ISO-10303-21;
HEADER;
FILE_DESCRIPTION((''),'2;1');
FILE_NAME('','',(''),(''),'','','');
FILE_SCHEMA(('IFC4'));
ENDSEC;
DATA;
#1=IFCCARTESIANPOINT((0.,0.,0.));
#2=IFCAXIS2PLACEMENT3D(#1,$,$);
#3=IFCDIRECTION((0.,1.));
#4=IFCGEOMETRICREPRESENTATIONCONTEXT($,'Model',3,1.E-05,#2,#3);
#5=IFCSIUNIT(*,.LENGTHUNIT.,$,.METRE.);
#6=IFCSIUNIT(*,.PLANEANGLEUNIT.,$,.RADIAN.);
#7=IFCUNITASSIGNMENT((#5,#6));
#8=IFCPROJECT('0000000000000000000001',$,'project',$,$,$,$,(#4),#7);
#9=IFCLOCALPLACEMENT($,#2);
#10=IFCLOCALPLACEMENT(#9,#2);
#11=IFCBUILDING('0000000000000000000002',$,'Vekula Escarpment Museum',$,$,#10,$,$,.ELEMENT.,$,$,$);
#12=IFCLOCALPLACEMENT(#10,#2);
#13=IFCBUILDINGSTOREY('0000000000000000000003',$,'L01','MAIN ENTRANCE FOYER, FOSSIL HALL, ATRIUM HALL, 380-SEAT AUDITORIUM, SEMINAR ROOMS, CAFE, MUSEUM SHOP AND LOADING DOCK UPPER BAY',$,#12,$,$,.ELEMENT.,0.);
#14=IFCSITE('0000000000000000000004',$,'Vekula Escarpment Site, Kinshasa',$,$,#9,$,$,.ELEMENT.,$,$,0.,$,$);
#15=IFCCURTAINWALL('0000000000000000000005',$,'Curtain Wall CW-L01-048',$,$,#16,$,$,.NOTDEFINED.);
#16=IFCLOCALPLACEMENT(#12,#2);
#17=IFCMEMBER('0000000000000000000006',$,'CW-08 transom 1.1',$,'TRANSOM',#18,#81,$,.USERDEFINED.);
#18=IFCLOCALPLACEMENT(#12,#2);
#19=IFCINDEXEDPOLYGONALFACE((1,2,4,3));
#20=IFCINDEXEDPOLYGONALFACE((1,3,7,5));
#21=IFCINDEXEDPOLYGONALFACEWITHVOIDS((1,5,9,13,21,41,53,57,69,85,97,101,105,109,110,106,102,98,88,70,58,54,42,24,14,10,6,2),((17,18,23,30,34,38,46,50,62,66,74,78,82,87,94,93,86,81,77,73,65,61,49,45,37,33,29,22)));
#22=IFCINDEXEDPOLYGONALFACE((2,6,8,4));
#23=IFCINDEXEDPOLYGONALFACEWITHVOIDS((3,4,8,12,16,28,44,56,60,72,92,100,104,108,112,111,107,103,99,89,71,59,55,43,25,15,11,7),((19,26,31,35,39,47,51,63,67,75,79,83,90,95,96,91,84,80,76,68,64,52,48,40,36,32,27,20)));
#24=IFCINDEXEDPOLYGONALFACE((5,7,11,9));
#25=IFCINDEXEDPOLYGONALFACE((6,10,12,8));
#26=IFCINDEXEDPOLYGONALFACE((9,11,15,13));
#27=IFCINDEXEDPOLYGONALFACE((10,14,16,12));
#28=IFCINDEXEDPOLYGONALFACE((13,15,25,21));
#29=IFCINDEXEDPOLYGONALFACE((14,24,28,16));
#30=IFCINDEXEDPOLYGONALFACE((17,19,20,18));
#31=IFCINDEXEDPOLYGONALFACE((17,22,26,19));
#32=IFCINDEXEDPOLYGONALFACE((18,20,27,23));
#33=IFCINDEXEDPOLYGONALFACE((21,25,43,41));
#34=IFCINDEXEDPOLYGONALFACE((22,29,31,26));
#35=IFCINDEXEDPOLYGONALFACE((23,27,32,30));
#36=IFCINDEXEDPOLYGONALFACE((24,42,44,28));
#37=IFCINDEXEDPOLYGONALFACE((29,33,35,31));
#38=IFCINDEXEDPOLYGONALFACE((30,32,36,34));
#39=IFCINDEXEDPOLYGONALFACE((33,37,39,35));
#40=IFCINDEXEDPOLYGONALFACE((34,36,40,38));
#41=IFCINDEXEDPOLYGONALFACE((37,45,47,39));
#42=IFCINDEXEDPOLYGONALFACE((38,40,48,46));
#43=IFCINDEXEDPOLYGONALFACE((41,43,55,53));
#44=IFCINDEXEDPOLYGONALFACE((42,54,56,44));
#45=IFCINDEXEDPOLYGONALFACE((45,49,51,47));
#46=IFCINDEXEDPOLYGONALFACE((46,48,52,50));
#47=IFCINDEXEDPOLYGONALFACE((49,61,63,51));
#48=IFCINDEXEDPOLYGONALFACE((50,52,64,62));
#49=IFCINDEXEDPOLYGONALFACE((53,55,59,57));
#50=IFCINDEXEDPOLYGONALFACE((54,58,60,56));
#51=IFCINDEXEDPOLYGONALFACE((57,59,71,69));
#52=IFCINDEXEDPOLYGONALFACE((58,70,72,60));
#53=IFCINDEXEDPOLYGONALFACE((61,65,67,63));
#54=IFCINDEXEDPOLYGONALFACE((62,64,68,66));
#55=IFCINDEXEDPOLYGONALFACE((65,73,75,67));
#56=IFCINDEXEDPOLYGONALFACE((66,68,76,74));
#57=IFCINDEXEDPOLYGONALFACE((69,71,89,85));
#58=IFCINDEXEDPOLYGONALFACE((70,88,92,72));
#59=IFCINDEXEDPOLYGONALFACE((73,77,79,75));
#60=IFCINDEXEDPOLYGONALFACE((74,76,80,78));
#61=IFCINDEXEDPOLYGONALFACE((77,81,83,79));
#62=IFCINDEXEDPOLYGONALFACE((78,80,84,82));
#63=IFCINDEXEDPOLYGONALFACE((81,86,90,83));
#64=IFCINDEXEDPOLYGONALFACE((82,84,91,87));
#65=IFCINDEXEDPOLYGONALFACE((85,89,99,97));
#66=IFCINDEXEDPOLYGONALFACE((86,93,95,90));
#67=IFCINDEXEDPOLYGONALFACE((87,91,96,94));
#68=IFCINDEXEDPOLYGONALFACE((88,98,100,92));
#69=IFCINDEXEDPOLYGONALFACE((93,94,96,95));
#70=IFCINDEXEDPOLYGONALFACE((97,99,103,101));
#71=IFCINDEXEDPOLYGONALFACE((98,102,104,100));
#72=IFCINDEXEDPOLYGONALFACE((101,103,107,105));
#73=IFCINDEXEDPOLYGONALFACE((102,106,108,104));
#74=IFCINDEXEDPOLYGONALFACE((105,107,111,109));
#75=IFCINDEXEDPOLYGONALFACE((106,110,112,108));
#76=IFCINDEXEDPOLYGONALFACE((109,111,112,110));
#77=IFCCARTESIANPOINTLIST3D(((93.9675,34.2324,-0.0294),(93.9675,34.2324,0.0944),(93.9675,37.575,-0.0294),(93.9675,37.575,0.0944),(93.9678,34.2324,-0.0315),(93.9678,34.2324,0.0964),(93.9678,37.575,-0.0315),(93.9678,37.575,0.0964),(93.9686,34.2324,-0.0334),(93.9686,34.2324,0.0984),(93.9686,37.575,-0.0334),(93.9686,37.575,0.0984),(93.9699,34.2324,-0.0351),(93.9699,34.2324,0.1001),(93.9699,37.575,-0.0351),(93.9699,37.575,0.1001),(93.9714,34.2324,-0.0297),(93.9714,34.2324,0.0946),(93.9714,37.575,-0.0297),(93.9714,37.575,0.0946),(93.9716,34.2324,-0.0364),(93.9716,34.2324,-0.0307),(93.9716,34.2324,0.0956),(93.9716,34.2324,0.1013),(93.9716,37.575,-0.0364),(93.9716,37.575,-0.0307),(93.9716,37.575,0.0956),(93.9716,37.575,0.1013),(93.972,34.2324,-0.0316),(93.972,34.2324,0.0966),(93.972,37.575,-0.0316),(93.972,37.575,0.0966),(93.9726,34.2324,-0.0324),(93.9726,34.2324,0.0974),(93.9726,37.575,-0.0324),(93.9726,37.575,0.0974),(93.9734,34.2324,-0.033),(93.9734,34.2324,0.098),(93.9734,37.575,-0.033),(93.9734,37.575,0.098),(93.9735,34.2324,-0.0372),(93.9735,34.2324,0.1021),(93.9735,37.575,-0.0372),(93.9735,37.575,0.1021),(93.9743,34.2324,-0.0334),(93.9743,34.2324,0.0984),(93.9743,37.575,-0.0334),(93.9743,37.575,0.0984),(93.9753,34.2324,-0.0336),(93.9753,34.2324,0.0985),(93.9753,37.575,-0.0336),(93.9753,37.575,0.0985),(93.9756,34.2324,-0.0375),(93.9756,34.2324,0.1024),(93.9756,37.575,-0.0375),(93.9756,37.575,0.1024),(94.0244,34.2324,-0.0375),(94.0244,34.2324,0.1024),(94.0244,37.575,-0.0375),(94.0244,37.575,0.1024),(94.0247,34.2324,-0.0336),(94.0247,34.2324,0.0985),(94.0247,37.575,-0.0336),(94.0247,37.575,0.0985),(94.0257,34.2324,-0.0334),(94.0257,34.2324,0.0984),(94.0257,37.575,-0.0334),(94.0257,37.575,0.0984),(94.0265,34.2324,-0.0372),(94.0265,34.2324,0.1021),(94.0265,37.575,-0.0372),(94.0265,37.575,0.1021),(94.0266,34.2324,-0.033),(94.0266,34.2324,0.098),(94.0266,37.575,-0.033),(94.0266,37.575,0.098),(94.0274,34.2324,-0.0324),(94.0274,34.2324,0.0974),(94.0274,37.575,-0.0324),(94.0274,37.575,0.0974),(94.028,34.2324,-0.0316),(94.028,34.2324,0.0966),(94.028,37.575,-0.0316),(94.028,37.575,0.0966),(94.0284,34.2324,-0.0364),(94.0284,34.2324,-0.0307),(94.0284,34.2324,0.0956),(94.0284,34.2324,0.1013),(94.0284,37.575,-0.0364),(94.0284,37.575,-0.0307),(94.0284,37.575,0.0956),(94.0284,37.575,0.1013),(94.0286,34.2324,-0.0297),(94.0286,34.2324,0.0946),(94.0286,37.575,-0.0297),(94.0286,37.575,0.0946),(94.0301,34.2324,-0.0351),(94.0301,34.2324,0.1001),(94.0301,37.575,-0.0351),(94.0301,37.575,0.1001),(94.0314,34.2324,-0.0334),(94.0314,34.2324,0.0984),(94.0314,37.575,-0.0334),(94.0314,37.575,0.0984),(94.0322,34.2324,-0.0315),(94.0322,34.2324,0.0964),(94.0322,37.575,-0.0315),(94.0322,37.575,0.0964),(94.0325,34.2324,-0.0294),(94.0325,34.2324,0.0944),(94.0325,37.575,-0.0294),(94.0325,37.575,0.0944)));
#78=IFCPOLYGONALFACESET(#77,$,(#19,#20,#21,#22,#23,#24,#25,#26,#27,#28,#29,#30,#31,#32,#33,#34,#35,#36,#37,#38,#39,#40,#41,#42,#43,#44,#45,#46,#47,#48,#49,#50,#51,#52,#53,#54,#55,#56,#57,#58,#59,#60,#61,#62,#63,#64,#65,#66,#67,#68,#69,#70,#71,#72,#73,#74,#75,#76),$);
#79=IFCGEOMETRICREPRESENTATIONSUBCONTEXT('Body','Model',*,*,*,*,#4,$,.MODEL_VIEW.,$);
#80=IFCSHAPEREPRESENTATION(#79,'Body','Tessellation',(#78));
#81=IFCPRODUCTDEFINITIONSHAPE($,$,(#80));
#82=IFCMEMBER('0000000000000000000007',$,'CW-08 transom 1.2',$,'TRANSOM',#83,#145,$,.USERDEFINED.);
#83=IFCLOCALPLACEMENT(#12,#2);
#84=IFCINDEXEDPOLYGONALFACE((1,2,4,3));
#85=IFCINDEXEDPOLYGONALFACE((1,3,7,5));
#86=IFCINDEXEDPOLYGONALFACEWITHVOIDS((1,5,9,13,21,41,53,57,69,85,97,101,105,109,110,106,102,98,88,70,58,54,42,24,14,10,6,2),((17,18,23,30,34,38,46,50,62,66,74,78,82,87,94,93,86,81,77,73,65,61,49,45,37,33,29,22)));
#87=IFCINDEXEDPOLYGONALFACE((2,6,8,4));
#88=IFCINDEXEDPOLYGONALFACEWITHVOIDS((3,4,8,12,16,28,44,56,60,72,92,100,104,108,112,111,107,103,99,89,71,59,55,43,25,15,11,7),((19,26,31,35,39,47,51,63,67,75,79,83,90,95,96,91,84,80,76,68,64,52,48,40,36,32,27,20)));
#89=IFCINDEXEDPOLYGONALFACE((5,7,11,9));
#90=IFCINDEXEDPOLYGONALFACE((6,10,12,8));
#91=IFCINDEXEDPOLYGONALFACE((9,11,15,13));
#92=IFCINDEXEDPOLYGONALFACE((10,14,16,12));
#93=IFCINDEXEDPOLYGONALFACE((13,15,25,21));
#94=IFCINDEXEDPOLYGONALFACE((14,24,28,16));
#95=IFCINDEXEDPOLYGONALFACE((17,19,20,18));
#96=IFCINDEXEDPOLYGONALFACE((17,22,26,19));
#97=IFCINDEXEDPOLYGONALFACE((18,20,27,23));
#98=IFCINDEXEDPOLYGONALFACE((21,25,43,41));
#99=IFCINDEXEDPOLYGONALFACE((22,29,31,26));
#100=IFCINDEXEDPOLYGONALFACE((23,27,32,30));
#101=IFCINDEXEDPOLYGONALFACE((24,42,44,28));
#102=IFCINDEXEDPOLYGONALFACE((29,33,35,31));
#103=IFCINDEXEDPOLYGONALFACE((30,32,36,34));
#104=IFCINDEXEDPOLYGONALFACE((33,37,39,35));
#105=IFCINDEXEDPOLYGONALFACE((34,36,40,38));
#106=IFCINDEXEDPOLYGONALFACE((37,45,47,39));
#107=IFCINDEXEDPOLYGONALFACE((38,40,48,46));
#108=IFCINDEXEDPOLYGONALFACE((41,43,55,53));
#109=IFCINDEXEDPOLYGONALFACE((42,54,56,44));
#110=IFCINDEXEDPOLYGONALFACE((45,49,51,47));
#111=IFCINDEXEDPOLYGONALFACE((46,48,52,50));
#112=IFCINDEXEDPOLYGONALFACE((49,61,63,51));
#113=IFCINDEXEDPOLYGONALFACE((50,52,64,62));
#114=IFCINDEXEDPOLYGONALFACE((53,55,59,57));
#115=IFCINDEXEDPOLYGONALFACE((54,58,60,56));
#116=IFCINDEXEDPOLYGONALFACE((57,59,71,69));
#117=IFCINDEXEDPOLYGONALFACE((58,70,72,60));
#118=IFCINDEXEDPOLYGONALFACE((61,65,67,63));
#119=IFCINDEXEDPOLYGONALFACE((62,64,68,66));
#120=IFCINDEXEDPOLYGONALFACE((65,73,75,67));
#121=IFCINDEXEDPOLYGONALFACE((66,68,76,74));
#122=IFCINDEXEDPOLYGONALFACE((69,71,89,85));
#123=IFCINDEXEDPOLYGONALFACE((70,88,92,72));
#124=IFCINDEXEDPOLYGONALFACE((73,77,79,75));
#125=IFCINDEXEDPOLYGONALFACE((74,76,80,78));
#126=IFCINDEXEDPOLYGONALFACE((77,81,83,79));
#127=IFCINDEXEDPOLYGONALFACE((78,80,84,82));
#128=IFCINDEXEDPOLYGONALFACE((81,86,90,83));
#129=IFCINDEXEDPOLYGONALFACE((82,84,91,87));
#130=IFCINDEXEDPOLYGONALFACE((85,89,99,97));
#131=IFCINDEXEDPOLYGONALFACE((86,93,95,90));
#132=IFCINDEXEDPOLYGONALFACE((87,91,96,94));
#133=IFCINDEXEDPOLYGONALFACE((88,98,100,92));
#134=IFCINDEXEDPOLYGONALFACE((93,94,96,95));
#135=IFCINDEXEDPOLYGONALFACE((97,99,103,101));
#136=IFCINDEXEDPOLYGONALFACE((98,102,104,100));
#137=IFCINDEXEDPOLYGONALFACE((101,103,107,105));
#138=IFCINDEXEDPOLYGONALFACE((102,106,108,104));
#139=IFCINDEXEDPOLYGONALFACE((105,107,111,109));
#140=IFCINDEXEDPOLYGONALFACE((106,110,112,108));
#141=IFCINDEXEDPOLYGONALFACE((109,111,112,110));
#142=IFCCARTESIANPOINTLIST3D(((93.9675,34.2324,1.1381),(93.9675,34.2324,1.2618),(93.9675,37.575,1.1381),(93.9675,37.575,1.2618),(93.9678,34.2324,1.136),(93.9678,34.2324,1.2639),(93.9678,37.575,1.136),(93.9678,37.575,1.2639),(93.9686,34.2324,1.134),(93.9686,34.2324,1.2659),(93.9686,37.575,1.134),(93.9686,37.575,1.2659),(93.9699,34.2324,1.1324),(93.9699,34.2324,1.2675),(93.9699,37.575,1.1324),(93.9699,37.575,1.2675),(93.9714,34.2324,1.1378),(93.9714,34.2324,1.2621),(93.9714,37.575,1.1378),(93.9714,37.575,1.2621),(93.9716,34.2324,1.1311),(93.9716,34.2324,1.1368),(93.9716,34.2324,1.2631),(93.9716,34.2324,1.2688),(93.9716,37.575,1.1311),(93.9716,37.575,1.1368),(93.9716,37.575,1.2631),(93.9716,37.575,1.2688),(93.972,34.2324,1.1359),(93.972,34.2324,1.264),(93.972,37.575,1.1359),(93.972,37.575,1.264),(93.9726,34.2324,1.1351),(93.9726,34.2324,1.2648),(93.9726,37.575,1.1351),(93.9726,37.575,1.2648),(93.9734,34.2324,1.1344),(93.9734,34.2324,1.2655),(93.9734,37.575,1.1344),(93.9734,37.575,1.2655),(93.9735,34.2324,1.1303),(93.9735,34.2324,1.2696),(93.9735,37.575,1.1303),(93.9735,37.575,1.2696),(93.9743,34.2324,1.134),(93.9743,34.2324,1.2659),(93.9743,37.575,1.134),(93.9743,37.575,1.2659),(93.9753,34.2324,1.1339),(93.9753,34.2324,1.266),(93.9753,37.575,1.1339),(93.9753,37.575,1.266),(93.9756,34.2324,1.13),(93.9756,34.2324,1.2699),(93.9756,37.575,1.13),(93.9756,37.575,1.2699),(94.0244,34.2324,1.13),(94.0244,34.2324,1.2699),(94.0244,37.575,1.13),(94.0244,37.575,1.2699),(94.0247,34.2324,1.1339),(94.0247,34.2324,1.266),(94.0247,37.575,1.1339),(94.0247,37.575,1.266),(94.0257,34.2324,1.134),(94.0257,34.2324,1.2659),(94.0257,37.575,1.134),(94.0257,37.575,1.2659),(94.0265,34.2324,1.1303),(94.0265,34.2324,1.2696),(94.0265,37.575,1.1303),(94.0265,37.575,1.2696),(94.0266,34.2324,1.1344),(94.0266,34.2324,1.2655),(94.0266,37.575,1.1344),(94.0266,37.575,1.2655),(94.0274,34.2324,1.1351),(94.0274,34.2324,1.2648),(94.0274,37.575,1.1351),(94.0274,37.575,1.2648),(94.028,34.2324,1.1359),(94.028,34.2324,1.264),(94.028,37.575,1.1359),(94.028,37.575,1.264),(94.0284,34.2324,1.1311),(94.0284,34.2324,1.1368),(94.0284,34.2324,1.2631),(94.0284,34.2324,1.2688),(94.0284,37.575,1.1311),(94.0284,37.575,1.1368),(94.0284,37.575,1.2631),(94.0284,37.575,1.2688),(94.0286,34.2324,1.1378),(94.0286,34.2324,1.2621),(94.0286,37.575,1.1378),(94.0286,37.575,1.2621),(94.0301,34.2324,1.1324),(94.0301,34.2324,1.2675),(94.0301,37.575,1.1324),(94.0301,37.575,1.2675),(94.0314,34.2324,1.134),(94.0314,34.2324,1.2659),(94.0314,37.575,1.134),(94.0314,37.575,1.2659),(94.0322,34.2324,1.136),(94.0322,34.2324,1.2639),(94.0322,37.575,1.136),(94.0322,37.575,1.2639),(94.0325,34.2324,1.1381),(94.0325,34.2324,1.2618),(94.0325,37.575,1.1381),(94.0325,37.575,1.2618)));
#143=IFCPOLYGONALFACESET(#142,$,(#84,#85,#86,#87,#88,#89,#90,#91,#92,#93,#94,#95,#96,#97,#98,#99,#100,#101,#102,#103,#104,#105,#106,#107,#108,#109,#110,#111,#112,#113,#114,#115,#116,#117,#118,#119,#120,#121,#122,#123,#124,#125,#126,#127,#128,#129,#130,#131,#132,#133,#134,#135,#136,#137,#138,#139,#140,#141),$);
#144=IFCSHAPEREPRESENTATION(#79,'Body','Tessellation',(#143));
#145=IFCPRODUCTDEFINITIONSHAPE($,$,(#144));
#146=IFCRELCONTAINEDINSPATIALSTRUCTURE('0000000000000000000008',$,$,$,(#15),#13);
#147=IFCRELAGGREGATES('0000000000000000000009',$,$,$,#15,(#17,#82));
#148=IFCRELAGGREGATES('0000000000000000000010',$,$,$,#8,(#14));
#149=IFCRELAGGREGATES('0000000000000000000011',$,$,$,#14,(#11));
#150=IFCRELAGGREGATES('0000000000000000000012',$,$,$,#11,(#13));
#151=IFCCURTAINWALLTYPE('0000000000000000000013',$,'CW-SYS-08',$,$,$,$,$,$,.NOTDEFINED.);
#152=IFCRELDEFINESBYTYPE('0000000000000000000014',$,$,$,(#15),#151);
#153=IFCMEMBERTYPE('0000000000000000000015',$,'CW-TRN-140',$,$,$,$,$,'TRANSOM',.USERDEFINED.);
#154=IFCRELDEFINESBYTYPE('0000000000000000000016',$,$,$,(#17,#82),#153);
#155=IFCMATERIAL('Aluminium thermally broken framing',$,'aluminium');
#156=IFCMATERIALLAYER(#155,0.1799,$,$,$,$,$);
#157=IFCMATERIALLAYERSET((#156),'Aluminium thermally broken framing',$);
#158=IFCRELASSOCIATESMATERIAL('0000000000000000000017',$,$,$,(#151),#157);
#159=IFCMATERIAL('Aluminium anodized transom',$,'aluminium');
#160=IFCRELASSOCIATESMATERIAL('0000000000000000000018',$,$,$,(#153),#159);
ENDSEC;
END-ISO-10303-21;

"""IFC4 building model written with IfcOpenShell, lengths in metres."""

from ifc_helpers import new_model, si_unit, direction, frame, origin, origin_2d, place, context, subcontext, project, spatial, hollow_rectangle, extrude, material, layer, layer_set, material_profile, profile_set, type_object, element, aggregate, save


model = new_model("IFC4")

# Units and contexts
model_context = context("Model", 3, precision=1e-05, world=origin(), true_north=direction((0.0, 1.0)))
body_context = subcontext(model_context, "Body", "Model", "MODEL_VIEW")
ifc_project = project(units=[si_unit("LENGTHUNIT", "METRE"), si_unit("PLANEANGLEUNIT", "RADIAN")], contexts=[model_context])

# Site, building, storey
site_placement = place(None, origin())
site = spatial("IfcSite", under=ifc_project, at=site_placement, Name="Vekula Escarpment Site, Kinshasa", CompositionType="ELEMENT", RefElevation=0.0)
building_placement = place(site_placement, origin())
building = spatial("IfcBuilding", under=site, at=building_placement, Name="Vekula Escarpment Museum", CompositionType="ELEMENT")
storey_placement = place(building_placement, origin())
storey = spatial("IfcBuildingStorey", under=building, at=storey_placement, Name="L01", Description="MAIN ENTRANCE FOYER, FOSSIL HALL, ATRIUM HALL, 380-SEAT AUDITORIUM, SEMINAR ROOMS, CAFE, MUSEUM SHOP AND LOADING DOCK UPPER BAY", CompositionType="ELEMENT", Elevation=0.0)

# Curtain wall
ifc_material_1 = material(Name="Aluminium thermally broken framing", Category="aluminium")
ifc_layer_1 = layer(ifc_material_1, 0.1799)
ifc_layer_set_1 = layer_set([ifc_layer_1], Name="Aluminium thermally broken framing")
curtain_wall_type_1 = type_object("IfcCurtainWallType", Name="CW-SYS-08", PredefinedType="NOTDEFINED", material=ifc_layer_set_1)
curtain_wall_1_placement = place(storey_placement, origin())
curtain_wall_1 = element("IfcCurtainWall", 1, at=curtain_wall_1_placement, inside=storey, type_object=curtain_wall_type_1, Name="Curtain Wall CW-L01-048", PredefinedType="NOTDEFINED")

# Members
ifc_material_2 = material(Name="Aluminium anodized transom", Category="aluminium")
ifc_material_profile_1 = material_profile(ifc_material_2, hollow_rectangle(XDim=0.0649, YDim=0.1399, WallThickness=0.0039, InnerFilletRadius=0.0039, OuterFilletRadius=0.0081, at=origin_2d()), Name="ALU 140x65x4")
ifc_profile_set_1 = profile_set([ifc_material_profile_1], Name="Aluminium anodized transom")
member_type_1 = type_object("IfcMemberType", Name="CW-TRN-140", ElementType="TRANSOM", PredefinedType="USERDEFINED", material=ifc_profile_set_1)
member_1_placement = place(storey_placement, frame((94.0, 37.575, 0.0325), z_axis=(0.0, -1.0, 0.0), x_axis=(1.0, 0.0, 0.0)))
member_1 = element("IfcMember", 2, at=member_1_placement, type_object=member_type_1, Name="CW-08 transom 1.1", ObjectType="TRANSOM", PredefinedType="USERDEFINED", context=body_context, shape_type="SweptSolid", body=[
    extrude(hollow_rectangle(XDim=0.0649, YDim=0.1399, WallThickness=0.0039, InnerFilletRadius=0.0039, OuterFilletRadius=0.0081, at=origin_2d()), origin(), (0.0, 0.0, 1.0), 3.3425),
])
member_2_placement = place(storey_placement, frame((94.0, 37.575, 1.2), z_axis=(0.0, -1.0, 0.0), x_axis=(1.0, 0.0, 0.0)))
member_2 = element("IfcMember", 3, at=member_2_placement, type_object=member_type_1, Name="CW-08 transom 1.2", ObjectType="TRANSOM", PredefinedType="USERDEFINED", context=body_context, shape_type="SweptSolid", body=[
    extrude(hollow_rectangle(XDim=0.0649, YDim=0.1399, WallThickness=0.0039, InnerFilletRadius=0.0039, OuterFilletRadius=0.0081, at=origin_2d()), origin(), (0.0, 0.0, 1.0), 3.3425),
])

aggregate(curtain_wall_1, [member_1, member_2])

save(model, "model.ifc")
